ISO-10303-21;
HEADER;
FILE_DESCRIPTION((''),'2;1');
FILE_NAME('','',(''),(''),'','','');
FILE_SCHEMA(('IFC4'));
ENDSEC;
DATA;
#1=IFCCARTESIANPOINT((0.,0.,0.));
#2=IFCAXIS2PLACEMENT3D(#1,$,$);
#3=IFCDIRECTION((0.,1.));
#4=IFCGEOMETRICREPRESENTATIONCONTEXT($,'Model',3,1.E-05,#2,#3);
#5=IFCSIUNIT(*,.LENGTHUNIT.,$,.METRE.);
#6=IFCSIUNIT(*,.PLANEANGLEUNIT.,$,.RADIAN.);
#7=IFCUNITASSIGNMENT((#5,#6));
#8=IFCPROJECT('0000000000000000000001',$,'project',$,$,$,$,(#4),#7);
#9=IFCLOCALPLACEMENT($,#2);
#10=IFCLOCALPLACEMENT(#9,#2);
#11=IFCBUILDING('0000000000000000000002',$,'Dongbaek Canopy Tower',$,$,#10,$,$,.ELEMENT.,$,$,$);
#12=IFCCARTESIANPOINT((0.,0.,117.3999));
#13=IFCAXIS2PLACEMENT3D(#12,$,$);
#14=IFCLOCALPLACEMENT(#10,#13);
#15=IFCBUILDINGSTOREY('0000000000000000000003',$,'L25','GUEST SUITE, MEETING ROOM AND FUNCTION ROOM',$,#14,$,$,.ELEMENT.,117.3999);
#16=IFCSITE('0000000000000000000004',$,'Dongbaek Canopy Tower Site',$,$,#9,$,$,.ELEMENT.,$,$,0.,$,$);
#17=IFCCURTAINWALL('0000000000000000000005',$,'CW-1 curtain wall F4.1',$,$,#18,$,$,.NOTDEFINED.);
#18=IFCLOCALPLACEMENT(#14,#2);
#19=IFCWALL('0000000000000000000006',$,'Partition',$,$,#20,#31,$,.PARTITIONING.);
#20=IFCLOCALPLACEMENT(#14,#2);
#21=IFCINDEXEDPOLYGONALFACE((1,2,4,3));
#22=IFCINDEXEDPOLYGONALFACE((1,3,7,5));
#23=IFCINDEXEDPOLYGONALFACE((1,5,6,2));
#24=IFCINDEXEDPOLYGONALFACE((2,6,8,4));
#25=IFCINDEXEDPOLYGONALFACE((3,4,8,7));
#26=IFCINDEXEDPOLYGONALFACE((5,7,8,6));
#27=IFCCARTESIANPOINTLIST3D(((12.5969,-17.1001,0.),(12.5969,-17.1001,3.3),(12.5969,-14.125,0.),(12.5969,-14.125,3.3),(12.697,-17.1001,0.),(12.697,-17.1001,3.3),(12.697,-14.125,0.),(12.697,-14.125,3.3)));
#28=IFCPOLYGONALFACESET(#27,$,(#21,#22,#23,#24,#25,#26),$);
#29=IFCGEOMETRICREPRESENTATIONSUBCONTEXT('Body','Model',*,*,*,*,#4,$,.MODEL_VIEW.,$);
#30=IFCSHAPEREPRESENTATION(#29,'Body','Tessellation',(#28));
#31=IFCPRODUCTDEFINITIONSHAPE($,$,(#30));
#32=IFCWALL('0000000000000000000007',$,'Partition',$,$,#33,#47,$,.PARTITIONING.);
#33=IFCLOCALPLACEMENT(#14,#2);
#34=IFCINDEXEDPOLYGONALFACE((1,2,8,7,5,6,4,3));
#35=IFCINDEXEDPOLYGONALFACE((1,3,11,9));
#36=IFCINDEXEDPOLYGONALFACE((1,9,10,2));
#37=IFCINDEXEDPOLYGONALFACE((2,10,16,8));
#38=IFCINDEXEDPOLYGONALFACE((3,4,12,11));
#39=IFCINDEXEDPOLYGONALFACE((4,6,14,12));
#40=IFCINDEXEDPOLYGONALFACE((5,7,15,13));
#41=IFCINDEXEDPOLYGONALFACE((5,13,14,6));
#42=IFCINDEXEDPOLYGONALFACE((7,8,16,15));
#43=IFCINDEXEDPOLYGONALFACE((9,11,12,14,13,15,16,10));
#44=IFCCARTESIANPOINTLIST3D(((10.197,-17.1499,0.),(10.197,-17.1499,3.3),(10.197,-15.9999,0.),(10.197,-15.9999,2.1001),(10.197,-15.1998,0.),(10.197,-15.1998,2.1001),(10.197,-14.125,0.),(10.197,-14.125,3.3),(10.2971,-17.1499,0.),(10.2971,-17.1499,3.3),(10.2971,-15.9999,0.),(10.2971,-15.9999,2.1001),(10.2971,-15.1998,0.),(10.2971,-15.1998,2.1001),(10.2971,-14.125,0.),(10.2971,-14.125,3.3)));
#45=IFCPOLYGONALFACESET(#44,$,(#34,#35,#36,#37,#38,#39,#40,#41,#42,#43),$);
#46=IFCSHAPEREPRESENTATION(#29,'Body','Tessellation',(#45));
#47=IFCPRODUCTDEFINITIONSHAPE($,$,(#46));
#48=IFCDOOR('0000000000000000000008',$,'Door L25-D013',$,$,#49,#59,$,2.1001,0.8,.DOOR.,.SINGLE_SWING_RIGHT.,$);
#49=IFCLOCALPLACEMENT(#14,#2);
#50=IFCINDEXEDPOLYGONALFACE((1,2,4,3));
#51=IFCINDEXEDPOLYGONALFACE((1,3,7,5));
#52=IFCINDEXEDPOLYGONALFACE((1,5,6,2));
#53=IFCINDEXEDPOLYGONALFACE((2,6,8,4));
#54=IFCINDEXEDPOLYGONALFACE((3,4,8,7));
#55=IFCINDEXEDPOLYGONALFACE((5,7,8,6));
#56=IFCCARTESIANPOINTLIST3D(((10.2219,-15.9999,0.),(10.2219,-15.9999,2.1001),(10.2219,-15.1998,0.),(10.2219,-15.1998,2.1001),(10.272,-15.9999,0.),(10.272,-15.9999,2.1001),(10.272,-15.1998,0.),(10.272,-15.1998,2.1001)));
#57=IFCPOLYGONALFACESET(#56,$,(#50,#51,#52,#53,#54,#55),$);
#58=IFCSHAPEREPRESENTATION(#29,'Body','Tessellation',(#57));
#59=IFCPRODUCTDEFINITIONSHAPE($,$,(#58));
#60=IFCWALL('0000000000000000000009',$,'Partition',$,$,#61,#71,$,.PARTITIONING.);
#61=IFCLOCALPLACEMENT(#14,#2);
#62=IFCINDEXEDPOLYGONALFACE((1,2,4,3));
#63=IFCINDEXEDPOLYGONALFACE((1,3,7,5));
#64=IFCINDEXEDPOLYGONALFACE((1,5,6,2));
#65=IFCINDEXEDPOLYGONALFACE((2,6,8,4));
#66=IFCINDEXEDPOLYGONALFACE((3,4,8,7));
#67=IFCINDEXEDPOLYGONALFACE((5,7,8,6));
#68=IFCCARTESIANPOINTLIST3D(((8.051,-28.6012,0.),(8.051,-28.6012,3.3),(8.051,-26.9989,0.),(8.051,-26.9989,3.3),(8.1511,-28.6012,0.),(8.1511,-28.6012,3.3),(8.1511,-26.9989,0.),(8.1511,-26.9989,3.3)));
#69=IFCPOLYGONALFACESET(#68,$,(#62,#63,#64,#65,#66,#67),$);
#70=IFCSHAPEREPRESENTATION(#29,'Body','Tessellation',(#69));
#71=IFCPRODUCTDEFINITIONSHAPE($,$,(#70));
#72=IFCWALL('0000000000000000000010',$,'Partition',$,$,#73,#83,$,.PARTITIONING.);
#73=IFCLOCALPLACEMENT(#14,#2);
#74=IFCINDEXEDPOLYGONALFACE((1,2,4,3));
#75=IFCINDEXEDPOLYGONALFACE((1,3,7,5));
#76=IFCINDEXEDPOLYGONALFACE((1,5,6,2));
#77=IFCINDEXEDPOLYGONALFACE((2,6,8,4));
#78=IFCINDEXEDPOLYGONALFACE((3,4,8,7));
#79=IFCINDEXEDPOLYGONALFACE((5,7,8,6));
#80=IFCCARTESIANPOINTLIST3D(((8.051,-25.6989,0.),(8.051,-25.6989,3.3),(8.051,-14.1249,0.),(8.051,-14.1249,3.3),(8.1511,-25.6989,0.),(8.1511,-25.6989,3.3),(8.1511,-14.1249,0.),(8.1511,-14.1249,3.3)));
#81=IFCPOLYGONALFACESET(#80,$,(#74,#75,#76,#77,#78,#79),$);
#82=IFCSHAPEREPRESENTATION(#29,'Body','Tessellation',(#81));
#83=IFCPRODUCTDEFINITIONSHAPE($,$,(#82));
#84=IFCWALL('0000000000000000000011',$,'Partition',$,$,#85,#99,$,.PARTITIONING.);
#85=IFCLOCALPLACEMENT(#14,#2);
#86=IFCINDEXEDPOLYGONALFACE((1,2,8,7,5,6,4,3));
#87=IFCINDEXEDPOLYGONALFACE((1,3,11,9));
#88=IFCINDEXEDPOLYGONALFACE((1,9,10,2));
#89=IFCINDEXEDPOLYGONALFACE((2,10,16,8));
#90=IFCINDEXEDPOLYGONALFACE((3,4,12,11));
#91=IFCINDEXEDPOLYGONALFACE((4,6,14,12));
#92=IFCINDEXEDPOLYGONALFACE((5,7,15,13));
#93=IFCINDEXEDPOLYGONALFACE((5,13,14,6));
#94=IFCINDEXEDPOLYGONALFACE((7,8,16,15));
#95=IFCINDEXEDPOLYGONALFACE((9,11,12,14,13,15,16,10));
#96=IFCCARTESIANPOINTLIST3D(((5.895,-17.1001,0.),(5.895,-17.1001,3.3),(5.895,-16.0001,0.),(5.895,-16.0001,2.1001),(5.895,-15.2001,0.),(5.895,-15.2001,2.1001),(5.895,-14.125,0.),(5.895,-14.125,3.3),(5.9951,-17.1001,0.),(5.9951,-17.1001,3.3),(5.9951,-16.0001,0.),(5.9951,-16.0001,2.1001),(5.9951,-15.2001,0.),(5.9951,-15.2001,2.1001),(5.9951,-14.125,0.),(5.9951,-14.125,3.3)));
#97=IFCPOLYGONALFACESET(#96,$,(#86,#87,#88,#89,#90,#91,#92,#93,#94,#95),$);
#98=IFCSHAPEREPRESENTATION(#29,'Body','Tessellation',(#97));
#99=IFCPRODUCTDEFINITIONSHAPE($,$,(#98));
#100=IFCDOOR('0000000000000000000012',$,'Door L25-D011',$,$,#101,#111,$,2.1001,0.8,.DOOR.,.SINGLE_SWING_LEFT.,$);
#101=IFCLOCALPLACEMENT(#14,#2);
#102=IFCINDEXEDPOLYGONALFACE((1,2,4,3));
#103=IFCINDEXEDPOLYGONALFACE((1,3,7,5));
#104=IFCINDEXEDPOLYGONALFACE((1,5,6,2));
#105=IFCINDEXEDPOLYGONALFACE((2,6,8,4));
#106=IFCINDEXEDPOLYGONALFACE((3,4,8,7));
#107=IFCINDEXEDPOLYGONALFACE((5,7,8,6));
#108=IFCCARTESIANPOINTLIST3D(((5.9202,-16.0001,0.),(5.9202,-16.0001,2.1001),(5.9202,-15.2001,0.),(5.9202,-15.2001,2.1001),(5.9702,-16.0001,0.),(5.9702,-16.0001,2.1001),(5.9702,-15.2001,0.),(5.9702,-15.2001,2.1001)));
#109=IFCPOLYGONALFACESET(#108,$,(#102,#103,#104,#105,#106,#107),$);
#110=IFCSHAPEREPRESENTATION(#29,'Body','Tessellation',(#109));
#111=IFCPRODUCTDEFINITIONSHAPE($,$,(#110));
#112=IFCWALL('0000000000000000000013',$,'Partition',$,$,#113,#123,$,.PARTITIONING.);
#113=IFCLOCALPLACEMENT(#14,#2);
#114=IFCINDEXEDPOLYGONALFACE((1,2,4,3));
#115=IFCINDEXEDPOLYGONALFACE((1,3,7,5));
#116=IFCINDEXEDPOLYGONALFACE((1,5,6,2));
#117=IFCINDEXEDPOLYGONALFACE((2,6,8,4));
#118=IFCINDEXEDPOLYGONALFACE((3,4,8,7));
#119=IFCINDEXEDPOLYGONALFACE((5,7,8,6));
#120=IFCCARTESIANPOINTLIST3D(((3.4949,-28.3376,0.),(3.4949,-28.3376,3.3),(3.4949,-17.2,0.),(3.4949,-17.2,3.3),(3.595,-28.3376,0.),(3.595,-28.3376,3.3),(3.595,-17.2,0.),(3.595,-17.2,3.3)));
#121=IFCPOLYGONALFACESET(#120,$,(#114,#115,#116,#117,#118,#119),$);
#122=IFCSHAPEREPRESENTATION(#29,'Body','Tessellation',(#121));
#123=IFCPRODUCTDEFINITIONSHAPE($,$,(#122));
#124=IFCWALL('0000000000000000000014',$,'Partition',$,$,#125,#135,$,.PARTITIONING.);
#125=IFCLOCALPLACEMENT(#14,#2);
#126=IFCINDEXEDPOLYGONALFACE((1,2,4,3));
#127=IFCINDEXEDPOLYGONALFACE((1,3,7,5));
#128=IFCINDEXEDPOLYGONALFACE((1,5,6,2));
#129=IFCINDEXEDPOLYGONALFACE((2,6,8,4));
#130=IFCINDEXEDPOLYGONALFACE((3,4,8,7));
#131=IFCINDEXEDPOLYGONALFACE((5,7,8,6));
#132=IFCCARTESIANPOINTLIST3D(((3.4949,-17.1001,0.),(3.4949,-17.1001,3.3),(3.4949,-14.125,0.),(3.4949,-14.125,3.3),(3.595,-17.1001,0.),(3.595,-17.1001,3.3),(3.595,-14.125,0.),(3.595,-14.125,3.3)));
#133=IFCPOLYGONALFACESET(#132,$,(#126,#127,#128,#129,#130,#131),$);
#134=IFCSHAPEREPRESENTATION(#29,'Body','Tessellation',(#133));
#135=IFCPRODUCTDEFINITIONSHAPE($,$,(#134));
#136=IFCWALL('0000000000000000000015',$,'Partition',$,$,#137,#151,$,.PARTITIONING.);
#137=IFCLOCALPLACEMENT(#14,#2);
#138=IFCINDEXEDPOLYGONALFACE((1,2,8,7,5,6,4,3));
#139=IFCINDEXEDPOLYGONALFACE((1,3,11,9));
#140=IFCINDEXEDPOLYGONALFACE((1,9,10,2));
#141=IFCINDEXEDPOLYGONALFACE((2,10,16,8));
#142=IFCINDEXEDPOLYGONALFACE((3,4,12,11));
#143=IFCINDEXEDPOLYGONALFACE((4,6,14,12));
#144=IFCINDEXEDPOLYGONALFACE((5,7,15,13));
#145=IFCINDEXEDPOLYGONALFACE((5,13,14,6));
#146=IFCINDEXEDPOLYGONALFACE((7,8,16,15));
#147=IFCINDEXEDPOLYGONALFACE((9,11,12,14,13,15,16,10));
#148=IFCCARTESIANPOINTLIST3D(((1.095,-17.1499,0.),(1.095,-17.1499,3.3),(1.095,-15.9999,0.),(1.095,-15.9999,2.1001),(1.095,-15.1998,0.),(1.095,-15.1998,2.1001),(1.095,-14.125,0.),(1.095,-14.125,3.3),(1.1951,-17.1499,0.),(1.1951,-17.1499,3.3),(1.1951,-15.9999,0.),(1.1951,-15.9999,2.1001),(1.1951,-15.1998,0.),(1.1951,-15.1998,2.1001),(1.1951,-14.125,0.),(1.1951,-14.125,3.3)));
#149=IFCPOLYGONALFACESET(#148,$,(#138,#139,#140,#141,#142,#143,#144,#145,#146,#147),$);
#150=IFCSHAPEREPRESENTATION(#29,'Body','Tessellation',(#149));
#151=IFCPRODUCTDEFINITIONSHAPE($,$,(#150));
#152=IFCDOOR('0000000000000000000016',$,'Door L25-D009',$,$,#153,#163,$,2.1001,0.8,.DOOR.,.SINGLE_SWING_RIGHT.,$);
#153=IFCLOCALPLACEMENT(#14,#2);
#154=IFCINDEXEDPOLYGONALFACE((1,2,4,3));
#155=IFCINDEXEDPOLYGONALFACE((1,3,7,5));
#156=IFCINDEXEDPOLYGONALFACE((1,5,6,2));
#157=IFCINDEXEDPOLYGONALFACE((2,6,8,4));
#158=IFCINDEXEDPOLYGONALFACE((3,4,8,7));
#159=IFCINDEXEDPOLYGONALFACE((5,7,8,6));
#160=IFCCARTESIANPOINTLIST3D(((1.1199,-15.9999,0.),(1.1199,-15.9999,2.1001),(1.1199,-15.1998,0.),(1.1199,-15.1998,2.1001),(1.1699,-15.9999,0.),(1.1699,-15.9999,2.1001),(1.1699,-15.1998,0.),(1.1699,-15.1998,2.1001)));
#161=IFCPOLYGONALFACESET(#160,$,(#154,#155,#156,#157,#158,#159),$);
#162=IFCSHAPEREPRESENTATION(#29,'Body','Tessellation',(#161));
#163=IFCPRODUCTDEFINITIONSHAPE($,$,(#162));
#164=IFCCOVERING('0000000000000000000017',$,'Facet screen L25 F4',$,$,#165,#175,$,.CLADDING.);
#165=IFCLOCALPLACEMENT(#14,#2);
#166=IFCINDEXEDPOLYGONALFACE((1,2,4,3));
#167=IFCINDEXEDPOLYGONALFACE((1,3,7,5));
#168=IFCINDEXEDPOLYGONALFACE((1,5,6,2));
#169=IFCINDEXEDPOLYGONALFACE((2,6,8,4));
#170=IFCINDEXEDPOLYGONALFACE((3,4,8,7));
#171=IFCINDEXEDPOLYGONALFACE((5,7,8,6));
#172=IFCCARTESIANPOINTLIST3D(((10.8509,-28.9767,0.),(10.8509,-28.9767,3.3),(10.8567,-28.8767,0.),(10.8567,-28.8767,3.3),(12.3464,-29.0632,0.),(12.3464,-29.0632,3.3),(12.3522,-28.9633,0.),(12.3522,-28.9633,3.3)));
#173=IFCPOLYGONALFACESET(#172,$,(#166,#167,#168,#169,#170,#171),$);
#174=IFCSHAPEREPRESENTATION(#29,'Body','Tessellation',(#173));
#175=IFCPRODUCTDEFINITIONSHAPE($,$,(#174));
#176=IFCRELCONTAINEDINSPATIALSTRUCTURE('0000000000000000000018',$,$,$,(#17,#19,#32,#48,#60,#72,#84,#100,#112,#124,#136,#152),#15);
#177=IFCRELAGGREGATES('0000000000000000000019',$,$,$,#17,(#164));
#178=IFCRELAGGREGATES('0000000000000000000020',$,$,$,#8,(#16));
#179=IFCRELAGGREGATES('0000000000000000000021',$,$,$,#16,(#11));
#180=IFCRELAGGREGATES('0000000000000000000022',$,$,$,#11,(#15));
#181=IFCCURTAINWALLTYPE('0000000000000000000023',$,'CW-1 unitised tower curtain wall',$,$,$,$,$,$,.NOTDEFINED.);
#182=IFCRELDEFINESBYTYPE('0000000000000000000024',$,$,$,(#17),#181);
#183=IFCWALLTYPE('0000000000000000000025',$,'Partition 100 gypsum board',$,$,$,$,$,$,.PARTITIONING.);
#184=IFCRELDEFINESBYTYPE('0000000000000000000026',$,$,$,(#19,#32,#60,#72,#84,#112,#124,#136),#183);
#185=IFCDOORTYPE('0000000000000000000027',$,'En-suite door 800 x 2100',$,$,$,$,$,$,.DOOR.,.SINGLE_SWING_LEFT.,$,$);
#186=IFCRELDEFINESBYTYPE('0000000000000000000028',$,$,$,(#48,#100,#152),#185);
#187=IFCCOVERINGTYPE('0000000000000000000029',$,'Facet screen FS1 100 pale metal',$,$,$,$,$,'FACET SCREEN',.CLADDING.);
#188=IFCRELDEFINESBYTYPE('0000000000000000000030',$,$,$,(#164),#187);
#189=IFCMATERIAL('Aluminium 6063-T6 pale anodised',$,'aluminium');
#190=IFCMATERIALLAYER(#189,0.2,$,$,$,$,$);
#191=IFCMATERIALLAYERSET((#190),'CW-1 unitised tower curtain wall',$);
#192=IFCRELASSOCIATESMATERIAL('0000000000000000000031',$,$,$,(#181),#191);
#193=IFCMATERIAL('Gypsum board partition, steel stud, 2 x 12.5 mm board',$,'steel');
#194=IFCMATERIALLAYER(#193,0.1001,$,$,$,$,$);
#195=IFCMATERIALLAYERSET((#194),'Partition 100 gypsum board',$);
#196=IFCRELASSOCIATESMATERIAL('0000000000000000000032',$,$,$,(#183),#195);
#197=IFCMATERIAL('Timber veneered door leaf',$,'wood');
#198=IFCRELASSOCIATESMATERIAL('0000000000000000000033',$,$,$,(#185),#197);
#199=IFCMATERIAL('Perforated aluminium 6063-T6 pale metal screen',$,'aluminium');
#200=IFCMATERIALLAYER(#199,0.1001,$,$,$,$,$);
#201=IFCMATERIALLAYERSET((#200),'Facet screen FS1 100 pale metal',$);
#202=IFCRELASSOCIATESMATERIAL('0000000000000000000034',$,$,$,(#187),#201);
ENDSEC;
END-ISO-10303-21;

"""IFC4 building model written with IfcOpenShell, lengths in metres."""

from ifc_helpers import new_model, si_unit, direction, frame, frame_2d, origin, origin_2d, place, context, subcontext, project, spatial, rectangle, extrude, material, layer, layer_set, type_object, element, fill, aggregate, save


model = new_model("IFC4")

# Units and contexts
model_context = context("Model", 3, precision=1e-05, world=origin(), true_north=direction((0.0, 1.0)))
body_context = subcontext(model_context, "Body", "Model", "MODEL_VIEW")
ifc_project = project(units=[si_unit("LENGTHUNIT", "METRE"), si_unit("PLANEANGLEUNIT", "RADIAN")], contexts=[model_context])

# Site, building, storey
site_placement = place(None, origin())
site = spatial("IfcSite", under=ifc_project, at=site_placement, Name="Dongbaek Canopy Tower Site", CompositionType="ELEMENT", RefElevation=0.0)
building_placement = place(site_placement, origin())
building = spatial("IfcBuilding", under=site, at=building_placement, Name="Dongbaek Canopy Tower", CompositionType="ELEMENT")
storey_placement = place(building_placement, frame((0.0, 0.0, 117.3999)))
storey = spatial("IfcBuildingStorey", under=building, at=storey_placement, Name="L25", Description="GUEST SUITE, MEETING ROOM AND FUNCTION ROOM", CompositionType="ELEMENT", Elevation=117.3999)

# Curtain wall
ifc_material_1 = material(Name="Aluminium 6063-T6 pale anodised", Category="aluminium")
ifc_layer_1 = layer(ifc_material_1, 0.2)
ifc_layer_set_1 = layer_set([ifc_layer_1], Name="CW-1 unitised tower curtain wall")
curtain_wall_type = type_object("IfcCurtainWallType", Name="CW-1 unitised tower curtain wall", PredefinedType="NOTDEFINED", material=ifc_layer_set_1)
curtain_wall_placement = place(storey_placement, origin())
curtain_wall = element("IfcCurtainWall", 1, at=curtain_wall_placement, inside=storey, type_object=curtain_wall_type, Name="CW-1 curtain wall F4.1", PredefinedType="NOTDEFINED")

# Wall
ifc_material_2 = material(Name="Gypsum board partition, steel stud, 2 x 12.5 mm board", Category="steel")
ifc_layer_2 = layer(ifc_material_2, 0.1001)
ifc_layer_set_2 = layer_set([ifc_layer_2], Name="Partition 100 gypsum board")
wall_type = type_object("IfcWallType", Name="Partition 100 gypsum board", PredefinedType="PARTITIONING", material=ifc_layer_set_2)
wall_1_placement = place(storey_placement, frame((12.647, -17.1001, 0.0), z_axis=(0.0, 0.0, 1.0), x_axis=(0.0, 1.0, 0.0)))
element("IfcWall", 2, at=wall_1_placement, inside=storey, type_object=wall_type, Name="Partition", PredefinedType="PARTITIONING", context=body_context, shape_type="SweptSolid", body=[
    extrude(rectangle(XDim=2.9751, YDim=0.1001, at=frame_2d((1.4875, 0.0))), origin(), (0.0, 0.0, 1.0), 3.3),
])

# Wall, opening, door
wall_2_placement = place(storey_placement, frame((10.2471, -14.125, 0.0), z_axis=(0.0, 0.0, 1.0), x_axis=(0.0, -1.0, 0.0)))
wall_2 = element("IfcWall", 3, at=wall_2_placement, inside=storey, type_object=wall_type, Name="Partition", PredefinedType="PARTITIONING", context=body_context, shape_type="SweptSolid", body=[
    extrude(rectangle(XDim=3.0249, YDim=0.1001, at=frame_2d((1.5125, 0.0))), origin(), (0.0, 0.0, 1.0), 3.3),
])
opening_1_placement = place(wall_2_placement, frame((1.075, 0.0, 0.0)))
opening_1 = element("IfcOpeningElement", 4, at=opening_1_placement, cuts=wall_2, PredefinedType="OPENING", context=body_context, shape_type="SweptSolid", body=[
    extrude(rectangle(XDim=0.8, YDim=2.1001, at=frame_2d((0.3999, 1.05))), frame((0.0, 0.0601, 0.0), z_axis=(0.0, -1.0, 0.0), x_axis=(1.0, 0.0, 0.0)), (0.0, 0.0, 1.0), 0.1201),
])
ifc_material_3 = material(Name="Timber veneered door leaf", Category="wood")
door_type = type_object("IfcDoorType", Name="En-suite door 800 x 2100", OperationType="SINGLE_SWING_LEFT", PredefinedType="DOOR", material=ifc_material_3)
door_1_placement = place(opening_1_placement, origin())
door_1 = element("IfcDoor", 5, at=door_1_placement, inside=storey, type_object=door_type, Name="Door L25-D013", OperationType="SINGLE_SWING_RIGHT", OverallHeight=2.1001, OverallWidth=0.8, PredefinedType="DOOR", context=body_context, shape_type="SweptSolid", body=[
    extrude(rectangle(XDim=0.8, YDim=2.1001, at=frame_2d((0.3999, 1.05))), frame((0.0, 0.0249, 0.0), z_axis=(0.0, -1.0, 0.0), x_axis=(1.0, 0.0, 0.0)), (0.0, 0.0, 1.0), 0.05),
])
fill(opening_1, door_1)

# Walls
wall_3_placement = place(storey_placement, frame((8.1011, -28.6013, 0.0), z_axis=(0.0, 0.0, 1.0), x_axis=(0.0, 1.0, 0.0)))
element("IfcWall", 6, at=wall_3_placement, inside=storey, type_object=wall_type, Name="Partition", PredefinedType="PARTITIONING", context=body_context, shape_type="SweptSolid", body=[
    extrude(rectangle(XDim=1.6023, YDim=0.1001, at=frame_2d((0.8013, 0.0))), origin(), (0.0, 0.0, 1.0), 3.3),
])
wall_4_placement = place(storey_placement, frame((8.1011, -25.699, 0.0), z_axis=(0.0, 0.0, 1.0), x_axis=(0.0, 1.0, 0.0)))
element("IfcWall", 7, at=wall_4_placement, inside=storey, type_object=wall_type, Name="Partition", PredefinedType="PARTITIONING", context=body_context, shape_type="SweptSolid", body=[
    extrude(rectangle(XDim=11.574, YDim=0.1001, at=frame_2d((5.7871, 0.0))), origin(), (0.0, 0.0, 1.0), 3.3),
])

# Wall, opening, door
wall_5_placement = place(storey_placement, frame((5.9451, -17.1001, 0.0), z_axis=(0.0, 0.0, 1.0), x_axis=(0.0, 1.0, 0.0)))
wall_5 = element("IfcWall", 8, at=wall_5_placement, inside=storey, type_object=wall_type, Name="Partition", PredefinedType="PARTITIONING", context=body_context, shape_type="SweptSolid", body=[
    extrude(rectangle(XDim=2.9751, YDim=0.1001, at=frame_2d((1.4875, 0.0))), origin(), (0.0, 0.0, 1.0), 3.3),
])
opening_2_placement = place(wall_5_placement, frame((1.1001, 0.0, 0.0)))
opening_2 = element("IfcOpeningElement", 9, at=opening_2_placement, cuts=wall_5, PredefinedType="OPENING", context=body_context, shape_type="SweptSolid", body=[
    extrude(rectangle(XDim=0.8, YDim=2.1001, at=frame_2d((0.3999, 1.05))), frame((0.0, 0.0601, 0.0), z_axis=(0.0, -1.0, 0.0), x_axis=(1.0, 0.0, 0.0)), (0.0, 0.0, 1.0), 0.1201),
])
door_2_placement = place(opening_2_placement, origin())
door_2 = element("IfcDoor", 10, at=door_2_placement, inside=storey, type_object=door_type, Name="Door L25-D011", OperationType="SINGLE_SWING_LEFT", OverallHeight=2.1001, OverallWidth=0.8, PredefinedType="DOOR", context=body_context, shape_type="SweptSolid", body=[
    extrude(rectangle(XDim=0.8, YDim=2.1001, at=frame_2d((0.3999, 1.05))), frame((0.0, 0.0249, 0.0), z_axis=(0.0, -1.0, 0.0), x_axis=(1.0, 0.0, 0.0)), (0.0, 0.0, 1.0), 0.05),
])
fill(opening_2, door_2)

# Walls
wall_6_placement = place(storey_placement, frame((3.5449, -28.3376, 0.0), z_axis=(0.0, 0.0, 1.0), x_axis=(0.0, 1.0, 0.0)))
element("IfcWall", 11, at=wall_6_placement, inside=storey, type_object=wall_type, Name="Partition", PredefinedType="PARTITIONING", context=body_context, shape_type="SweptSolid", body=[
    extrude(rectangle(XDim=11.1377, YDim=0.1001, at=frame_2d((5.5688, 0.0))), origin(), (0.0, 0.0, 1.0), 3.3),
])
wall_7_placement = place(storey_placement, frame((3.5449, -17.1001, 0.0), z_axis=(0.0, 0.0, 1.0), x_axis=(0.0, 1.0, 0.0)))
element("IfcWall", 12, at=wall_7_placement, inside=storey, type_object=wall_type, Name="Partition", PredefinedType="PARTITIONING", context=body_context, shape_type="SweptSolid", body=[
    extrude(rectangle(XDim=2.9751, YDim=0.1001, at=frame_2d((1.4875, 0.0))), origin(), (0.0, 0.0, 1.0), 3.3),
])

# Wall, opening, door
wall_8_placement = place(storey_placement, frame((1.145, -14.125, 0.0), z_axis=(0.0, 0.0, 1.0), x_axis=(0.0, -1.0, 0.0)))
wall_8 = element("IfcWall", 13, at=wall_8_placement, inside=storey, type_object=wall_type, Name="Partition", PredefinedType="PARTITIONING", context=body_context, shape_type="SweptSolid", body=[
    extrude(rectangle(XDim=3.0249, YDim=0.1001, at=frame_2d((1.5125, 0.0))), origin(), (0.0, 0.0, 1.0), 3.3),
])
opening_3_placement = place(wall_8_placement, frame((1.075, 0.0, 0.0)))
opening_3 = element("IfcOpeningElement", 14, at=opening_3_placement, cuts=wall_8, PredefinedType="OPENING", context=body_context, shape_type="SweptSolid", body=[
    extrude(rectangle(XDim=0.8, YDim=2.1001, at=frame_2d((0.3999, 1.05))), frame((0.0, 0.0601, 0.0), z_axis=(0.0, -1.0, 0.0), x_axis=(1.0, 0.0, 0.0)), (0.0, 0.0, 1.0), 0.1201),
])
door_3_placement = place(opening_3_placement, origin())
door_3 = element("IfcDoor", 15, at=door_3_placement, inside=storey, type_object=door_type, Name="Door L25-D009", OperationType="SINGLE_SWING_RIGHT", OverallHeight=2.1001, OverallWidth=0.8, PredefinedType="DOOR", context=body_context, shape_type="SweptSolid", body=[
    extrude(rectangle(XDim=0.8, YDim=2.1001, at=frame_2d((0.3999, 1.05))), frame((0.0, 0.0249, 0.0), z_axis=(0.0, -1.0, 0.0), x_axis=(1.0, 0.0, 0.0)), (0.0, 0.0, 1.0), 0.05),
])
fill(opening_3, door_3)

# Covering
ifc_material_4 = material(Name="Perforated aluminium 6063-T6 pale metal screen", Category="aluminium")
ifc_layer_3 = layer(ifc_material_4, 0.1001)
ifc_layer_set_3 = layer_set([ifc_layer_3], Name="Facet screen FS1 100 pale metal")
covering_type_1 = type_object("IfcCoveringType", Name="Facet screen FS1 100 pale metal", ElementType="FACET SCREEN", PredefinedType="CLADDING", material=ifc_layer_set_3)
covering_1_placement = place(storey_placement, frame((11.6016, -28.97, 0.0), z_axis=(0.0, 0.0, 1.0), x_axis=(0.998331, -0.057754, 0.0)))
covering_1 = element("IfcCovering", 16, at=covering_1_placement, type_object=covering_type_1, Name="Facet screen L25 F4", PredefinedType="CLADDING", context=body_context, shape_type="SweptSolid", body=[
    extrude(rectangle(XDim=1.498, YDim=0.1001, at=origin_2d()), origin(), (0.0, 0.0, 1.0), 3.3),
])
aggregate(curtain_wall, [covering_1])

save(model, "model.ifc")
